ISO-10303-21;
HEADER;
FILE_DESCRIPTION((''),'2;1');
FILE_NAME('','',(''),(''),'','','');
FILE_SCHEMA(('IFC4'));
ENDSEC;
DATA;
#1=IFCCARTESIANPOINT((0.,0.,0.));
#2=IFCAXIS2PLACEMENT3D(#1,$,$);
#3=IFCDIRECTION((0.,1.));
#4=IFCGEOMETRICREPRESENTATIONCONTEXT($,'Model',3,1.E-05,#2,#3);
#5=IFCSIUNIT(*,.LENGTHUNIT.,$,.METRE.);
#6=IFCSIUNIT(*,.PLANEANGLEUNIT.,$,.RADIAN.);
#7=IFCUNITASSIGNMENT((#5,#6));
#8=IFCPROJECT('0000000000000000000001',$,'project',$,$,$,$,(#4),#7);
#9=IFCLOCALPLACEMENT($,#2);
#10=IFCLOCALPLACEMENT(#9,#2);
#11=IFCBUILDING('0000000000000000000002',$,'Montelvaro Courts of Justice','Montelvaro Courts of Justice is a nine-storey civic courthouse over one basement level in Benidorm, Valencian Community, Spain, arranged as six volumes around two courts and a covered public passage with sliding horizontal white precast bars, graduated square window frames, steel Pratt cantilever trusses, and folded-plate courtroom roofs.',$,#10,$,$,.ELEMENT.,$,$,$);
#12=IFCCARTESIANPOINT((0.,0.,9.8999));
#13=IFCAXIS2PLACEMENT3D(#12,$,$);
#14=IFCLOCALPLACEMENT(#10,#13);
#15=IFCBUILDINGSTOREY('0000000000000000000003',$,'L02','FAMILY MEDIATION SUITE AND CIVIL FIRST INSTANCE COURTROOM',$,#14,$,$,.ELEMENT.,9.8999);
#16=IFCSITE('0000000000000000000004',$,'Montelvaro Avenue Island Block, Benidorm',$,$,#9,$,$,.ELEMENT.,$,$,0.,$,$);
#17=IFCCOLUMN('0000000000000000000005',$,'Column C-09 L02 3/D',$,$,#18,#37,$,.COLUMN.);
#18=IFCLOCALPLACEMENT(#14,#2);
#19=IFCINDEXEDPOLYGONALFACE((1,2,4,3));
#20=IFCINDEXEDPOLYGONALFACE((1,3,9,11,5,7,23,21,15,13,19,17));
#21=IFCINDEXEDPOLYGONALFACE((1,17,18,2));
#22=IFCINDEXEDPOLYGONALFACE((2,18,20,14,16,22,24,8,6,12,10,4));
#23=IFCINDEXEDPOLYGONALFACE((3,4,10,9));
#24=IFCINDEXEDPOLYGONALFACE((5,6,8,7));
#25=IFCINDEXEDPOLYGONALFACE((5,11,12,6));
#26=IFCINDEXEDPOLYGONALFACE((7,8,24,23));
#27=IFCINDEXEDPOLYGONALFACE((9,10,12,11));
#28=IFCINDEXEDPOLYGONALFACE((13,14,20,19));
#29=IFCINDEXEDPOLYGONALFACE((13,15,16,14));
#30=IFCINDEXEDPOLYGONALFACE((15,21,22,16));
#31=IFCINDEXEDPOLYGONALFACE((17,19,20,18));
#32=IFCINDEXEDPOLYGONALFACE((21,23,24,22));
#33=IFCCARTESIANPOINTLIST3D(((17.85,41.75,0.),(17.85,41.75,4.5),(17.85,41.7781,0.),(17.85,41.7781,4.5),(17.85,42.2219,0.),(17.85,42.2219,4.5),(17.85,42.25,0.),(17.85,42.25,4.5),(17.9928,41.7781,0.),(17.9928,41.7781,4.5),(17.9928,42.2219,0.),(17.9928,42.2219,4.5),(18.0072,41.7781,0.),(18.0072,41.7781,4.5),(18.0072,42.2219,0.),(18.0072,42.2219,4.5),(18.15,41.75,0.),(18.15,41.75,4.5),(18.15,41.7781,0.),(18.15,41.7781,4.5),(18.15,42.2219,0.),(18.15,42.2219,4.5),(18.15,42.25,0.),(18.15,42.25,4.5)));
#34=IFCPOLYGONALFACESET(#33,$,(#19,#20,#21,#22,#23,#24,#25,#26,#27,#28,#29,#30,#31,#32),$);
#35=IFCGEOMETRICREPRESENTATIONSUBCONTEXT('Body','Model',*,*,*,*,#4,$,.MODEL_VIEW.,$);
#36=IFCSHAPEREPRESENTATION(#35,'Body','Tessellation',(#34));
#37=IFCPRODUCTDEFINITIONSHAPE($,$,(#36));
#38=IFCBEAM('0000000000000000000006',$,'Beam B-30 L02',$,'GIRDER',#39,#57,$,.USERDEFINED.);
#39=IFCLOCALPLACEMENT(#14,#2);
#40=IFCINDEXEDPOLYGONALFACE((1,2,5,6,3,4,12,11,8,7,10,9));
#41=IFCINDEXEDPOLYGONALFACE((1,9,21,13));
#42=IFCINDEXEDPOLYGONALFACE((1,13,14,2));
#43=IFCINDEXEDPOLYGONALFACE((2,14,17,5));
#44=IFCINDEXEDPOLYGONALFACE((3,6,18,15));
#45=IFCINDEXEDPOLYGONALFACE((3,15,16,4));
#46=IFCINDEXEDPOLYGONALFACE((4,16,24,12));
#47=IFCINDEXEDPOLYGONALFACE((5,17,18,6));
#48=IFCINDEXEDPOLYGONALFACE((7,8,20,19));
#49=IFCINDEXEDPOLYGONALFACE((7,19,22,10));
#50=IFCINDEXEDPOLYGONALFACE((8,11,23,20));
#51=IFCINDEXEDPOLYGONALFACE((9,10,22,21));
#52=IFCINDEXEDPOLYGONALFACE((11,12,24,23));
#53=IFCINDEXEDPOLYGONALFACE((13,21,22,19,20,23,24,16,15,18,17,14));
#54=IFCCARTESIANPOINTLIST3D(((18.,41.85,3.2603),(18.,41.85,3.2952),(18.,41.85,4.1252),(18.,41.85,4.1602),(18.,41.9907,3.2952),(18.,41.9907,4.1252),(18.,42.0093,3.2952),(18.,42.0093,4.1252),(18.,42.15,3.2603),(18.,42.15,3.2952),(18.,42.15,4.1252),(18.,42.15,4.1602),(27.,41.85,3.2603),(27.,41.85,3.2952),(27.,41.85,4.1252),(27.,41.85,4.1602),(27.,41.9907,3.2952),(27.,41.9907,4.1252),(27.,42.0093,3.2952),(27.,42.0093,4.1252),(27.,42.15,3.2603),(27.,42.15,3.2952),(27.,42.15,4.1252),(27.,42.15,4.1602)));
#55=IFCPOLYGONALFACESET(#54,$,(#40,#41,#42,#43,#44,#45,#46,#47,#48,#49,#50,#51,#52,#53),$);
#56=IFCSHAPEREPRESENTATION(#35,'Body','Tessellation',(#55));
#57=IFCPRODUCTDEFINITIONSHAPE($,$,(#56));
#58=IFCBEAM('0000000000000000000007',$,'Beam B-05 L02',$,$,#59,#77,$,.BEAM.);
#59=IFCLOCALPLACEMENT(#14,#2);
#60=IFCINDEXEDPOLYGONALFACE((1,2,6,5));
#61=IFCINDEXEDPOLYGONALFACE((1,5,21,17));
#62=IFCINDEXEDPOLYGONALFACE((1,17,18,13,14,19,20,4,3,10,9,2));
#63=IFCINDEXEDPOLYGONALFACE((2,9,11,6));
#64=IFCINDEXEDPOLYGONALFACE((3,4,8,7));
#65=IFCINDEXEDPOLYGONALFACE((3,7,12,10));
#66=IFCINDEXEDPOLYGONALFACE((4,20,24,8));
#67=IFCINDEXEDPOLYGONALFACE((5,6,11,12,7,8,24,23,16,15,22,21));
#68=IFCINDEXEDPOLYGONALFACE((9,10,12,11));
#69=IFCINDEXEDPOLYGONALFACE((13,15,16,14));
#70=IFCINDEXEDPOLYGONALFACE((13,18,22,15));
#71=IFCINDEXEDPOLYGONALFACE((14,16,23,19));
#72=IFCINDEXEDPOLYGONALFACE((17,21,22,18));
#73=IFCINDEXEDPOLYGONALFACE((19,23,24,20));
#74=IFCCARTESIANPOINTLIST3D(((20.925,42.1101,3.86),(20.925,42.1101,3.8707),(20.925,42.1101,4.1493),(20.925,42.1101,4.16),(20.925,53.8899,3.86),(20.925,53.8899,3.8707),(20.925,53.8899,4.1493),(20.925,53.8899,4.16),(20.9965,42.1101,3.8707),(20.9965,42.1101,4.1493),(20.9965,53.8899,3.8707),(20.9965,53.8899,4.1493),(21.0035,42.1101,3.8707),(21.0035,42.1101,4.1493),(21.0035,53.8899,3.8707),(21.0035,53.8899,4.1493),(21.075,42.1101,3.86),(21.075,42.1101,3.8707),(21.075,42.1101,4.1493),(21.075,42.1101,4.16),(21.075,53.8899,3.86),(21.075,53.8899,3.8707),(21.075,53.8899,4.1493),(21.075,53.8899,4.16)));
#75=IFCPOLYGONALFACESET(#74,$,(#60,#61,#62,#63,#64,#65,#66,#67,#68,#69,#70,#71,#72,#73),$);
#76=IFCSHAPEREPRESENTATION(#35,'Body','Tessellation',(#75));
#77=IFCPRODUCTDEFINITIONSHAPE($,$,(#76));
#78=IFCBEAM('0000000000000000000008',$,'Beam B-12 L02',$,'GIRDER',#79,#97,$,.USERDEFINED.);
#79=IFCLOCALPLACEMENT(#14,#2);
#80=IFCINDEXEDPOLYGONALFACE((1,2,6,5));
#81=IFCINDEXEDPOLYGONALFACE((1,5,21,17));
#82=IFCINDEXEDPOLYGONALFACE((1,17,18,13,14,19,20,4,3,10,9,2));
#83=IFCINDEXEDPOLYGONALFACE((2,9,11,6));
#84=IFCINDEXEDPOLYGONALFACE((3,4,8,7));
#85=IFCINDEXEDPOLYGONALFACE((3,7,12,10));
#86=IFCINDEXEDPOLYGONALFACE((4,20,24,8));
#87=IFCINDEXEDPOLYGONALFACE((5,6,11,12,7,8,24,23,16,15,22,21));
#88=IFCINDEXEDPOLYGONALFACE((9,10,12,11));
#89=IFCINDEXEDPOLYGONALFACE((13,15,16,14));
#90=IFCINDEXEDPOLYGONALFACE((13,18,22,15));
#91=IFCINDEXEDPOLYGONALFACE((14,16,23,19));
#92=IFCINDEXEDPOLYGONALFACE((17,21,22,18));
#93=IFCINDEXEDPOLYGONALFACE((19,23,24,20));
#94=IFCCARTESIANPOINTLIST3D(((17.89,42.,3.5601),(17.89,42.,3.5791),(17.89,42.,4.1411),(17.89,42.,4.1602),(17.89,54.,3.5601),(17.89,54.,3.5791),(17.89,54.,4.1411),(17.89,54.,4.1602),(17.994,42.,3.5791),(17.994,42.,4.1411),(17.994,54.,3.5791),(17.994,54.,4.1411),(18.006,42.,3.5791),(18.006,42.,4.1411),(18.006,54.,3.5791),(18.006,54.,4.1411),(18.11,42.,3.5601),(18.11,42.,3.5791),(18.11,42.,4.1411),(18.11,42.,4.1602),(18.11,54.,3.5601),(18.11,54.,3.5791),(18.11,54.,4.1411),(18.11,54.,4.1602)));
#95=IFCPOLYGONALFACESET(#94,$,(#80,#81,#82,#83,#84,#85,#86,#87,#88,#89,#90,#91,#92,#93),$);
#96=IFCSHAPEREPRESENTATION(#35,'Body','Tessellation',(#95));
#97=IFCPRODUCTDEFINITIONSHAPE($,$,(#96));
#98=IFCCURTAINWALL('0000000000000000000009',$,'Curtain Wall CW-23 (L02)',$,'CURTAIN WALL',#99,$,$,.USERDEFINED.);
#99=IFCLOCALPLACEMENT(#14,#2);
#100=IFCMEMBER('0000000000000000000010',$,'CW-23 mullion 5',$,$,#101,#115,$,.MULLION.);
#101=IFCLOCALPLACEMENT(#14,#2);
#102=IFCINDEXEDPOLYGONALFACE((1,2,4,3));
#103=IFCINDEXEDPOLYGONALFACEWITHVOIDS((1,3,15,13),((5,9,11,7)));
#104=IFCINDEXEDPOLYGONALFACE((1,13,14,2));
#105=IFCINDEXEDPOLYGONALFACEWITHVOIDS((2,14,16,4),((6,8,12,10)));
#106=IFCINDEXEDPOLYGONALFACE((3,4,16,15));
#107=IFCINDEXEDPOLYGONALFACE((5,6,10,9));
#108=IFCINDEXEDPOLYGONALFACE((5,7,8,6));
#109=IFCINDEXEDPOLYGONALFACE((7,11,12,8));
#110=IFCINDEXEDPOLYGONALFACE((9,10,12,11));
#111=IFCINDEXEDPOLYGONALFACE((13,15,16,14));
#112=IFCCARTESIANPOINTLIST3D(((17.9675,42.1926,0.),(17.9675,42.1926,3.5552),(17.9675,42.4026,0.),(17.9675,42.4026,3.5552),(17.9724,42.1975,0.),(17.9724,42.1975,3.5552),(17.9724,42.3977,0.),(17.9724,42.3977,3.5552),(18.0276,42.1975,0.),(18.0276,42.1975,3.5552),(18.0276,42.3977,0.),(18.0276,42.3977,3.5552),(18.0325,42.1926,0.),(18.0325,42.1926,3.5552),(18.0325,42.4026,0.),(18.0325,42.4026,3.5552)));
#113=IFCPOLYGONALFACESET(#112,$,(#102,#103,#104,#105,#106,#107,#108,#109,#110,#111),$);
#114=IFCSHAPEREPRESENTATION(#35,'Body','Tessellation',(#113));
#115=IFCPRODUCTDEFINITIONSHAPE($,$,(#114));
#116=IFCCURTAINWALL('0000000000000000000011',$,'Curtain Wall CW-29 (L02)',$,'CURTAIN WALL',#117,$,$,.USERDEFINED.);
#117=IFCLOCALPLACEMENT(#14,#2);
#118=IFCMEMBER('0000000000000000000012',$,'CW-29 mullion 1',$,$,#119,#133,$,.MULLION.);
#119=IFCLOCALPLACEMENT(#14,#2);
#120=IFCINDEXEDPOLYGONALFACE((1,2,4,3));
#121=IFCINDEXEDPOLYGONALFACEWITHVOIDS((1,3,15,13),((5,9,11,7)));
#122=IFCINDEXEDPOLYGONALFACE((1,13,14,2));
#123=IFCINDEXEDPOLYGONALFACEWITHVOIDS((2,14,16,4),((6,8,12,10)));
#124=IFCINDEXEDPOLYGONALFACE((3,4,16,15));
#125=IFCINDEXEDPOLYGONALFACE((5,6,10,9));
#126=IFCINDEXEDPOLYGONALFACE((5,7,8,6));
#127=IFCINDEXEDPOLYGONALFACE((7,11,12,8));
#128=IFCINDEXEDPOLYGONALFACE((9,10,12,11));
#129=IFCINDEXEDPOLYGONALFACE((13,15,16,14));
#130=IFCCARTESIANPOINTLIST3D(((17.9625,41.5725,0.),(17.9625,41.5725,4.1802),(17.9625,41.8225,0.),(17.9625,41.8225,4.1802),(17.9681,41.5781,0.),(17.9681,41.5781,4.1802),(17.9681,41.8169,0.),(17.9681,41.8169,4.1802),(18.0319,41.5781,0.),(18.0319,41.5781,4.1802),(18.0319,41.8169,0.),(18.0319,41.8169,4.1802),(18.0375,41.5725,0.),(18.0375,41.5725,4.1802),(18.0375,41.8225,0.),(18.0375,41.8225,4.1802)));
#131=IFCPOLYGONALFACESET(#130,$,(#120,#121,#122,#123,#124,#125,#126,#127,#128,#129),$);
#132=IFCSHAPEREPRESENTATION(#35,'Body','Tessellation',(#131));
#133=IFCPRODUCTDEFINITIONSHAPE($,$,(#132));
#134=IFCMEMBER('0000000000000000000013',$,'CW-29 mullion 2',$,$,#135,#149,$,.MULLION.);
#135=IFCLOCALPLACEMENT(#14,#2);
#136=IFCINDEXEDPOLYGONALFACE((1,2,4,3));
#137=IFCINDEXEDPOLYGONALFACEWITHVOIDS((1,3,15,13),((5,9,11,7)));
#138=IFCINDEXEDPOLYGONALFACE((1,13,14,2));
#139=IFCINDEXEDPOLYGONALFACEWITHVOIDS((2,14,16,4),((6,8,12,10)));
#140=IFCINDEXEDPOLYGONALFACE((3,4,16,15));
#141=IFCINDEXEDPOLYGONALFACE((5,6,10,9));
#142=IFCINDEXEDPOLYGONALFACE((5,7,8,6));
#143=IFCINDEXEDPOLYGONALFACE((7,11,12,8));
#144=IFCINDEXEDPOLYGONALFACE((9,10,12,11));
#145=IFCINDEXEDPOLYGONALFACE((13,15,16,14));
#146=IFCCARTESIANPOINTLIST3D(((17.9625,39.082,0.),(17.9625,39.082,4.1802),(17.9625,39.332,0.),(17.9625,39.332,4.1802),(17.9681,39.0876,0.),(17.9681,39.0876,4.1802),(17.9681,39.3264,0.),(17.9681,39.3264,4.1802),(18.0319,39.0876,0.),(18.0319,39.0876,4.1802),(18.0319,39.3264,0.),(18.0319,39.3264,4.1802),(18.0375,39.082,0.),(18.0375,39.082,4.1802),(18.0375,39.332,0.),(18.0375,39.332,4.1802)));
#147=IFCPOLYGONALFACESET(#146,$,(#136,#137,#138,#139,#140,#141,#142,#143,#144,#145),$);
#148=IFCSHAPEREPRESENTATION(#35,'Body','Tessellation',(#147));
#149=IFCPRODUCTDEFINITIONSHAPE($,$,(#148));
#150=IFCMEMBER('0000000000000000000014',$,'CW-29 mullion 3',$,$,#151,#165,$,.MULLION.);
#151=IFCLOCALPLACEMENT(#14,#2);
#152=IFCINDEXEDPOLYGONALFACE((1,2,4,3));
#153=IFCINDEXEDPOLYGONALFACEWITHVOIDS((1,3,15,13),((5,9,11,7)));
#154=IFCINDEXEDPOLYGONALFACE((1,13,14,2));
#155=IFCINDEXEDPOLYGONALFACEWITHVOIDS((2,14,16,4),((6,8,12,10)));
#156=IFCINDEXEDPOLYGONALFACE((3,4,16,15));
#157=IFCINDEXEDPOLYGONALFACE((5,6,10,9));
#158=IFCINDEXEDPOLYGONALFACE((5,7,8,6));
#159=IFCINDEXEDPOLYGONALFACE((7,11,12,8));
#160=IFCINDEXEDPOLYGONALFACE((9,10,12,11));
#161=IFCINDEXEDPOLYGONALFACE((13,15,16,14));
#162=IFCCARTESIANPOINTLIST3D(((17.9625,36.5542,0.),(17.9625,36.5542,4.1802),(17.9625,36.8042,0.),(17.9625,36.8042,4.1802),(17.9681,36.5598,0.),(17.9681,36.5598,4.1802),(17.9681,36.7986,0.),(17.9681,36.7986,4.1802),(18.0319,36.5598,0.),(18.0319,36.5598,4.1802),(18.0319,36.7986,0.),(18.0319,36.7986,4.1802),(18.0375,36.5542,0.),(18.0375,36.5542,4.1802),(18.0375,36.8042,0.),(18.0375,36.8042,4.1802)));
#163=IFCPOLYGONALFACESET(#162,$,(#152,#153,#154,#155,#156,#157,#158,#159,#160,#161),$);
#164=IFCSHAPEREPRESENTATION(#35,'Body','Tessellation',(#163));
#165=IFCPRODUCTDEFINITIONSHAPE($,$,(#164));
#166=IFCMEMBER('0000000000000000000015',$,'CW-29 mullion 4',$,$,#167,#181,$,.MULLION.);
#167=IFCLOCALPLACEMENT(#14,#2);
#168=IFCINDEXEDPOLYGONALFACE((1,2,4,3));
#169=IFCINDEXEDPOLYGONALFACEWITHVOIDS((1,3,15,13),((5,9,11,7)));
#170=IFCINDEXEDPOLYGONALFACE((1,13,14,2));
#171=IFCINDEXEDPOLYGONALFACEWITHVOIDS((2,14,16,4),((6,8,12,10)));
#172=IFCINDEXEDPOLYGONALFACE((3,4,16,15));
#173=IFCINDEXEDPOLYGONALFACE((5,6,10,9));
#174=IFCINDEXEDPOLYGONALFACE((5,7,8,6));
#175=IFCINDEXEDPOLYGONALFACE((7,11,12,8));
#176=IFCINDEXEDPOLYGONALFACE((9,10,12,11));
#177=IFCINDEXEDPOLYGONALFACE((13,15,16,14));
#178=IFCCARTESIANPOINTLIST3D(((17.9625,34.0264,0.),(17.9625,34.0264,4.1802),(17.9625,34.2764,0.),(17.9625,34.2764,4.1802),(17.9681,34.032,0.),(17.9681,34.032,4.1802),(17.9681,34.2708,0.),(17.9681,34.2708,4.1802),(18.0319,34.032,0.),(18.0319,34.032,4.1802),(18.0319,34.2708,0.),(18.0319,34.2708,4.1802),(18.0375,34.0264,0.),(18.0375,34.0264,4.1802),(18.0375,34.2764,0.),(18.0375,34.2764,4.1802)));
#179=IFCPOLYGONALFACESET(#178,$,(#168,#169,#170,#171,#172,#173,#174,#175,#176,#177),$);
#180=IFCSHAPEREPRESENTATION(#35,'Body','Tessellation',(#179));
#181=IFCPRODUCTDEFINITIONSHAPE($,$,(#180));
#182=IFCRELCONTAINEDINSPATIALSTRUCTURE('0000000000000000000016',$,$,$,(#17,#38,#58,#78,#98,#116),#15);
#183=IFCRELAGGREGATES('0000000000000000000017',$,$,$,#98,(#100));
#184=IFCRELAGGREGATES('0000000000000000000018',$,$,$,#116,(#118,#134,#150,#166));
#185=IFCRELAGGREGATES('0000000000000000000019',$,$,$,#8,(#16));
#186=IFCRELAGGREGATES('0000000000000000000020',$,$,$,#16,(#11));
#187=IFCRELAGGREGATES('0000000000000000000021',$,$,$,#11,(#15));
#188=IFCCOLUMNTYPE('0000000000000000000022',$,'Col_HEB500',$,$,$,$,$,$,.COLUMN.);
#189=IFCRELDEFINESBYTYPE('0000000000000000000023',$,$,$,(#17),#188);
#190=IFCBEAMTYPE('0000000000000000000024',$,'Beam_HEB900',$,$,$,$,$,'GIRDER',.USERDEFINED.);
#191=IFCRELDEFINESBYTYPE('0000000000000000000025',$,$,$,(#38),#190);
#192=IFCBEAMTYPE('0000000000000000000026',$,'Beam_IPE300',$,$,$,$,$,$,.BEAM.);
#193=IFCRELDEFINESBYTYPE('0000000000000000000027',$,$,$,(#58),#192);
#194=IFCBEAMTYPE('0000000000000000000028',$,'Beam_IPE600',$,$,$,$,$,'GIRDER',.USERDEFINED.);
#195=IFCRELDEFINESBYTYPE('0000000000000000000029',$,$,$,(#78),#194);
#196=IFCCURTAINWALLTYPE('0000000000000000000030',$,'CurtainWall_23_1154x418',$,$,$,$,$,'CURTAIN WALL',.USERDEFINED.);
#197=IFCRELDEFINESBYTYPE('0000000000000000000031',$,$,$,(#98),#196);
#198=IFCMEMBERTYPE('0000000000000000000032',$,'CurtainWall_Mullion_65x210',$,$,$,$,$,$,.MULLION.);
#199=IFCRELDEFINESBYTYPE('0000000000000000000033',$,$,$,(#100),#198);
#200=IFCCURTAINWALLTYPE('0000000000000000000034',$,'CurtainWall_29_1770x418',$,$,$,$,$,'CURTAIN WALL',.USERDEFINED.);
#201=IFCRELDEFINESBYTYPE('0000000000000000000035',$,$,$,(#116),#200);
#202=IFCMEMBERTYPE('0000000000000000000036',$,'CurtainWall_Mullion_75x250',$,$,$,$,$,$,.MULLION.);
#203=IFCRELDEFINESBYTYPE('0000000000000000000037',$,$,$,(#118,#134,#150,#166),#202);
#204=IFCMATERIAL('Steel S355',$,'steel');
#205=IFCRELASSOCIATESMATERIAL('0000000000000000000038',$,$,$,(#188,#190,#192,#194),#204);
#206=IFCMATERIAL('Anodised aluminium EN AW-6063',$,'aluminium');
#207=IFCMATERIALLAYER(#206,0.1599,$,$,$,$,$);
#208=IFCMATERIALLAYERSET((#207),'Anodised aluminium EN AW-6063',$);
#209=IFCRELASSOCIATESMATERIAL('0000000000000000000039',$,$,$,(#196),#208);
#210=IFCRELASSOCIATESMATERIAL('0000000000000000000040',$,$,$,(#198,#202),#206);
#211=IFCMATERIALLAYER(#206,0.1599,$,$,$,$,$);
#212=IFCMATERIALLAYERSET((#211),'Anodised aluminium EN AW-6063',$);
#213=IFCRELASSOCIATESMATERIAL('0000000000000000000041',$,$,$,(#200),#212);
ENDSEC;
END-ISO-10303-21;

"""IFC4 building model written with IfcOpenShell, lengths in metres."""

from ifc_helpers import new_model, si_unit, direction, frame, origin, origin_2d, place, context, subcontext, project, spatial, hollow_rectangle, i_section, extrude, material, layer, layer_set, material_profile, profile_set, type_object, element, aggregate, save


model = new_model("IFC4")

# Units and contexts
model_context = context("Model", 3, precision=1e-05, world=origin(), true_north=direction((0.0, 1.0)))
body_context = subcontext(model_context, "Body", "Model", "MODEL_VIEW")
ifc_project = project(units=[si_unit("LENGTHUNIT", "METRE"), si_unit("PLANEANGLEUNIT", "RADIAN")], contexts=[model_context])

# Site, building, storey
site_placement = place(None, origin())
site = spatial("IfcSite", under=ifc_project, at=site_placement, Name="Montelvaro Avenue Island Block, Benidorm", CompositionType="ELEMENT", RefElevation=0.0)
building_placement = place(site_placement, origin())
building = spatial("IfcBuilding", under=site, at=building_placement, Name="Montelvaro Courts of Justice", Description="Montelvaro Courts of Justice is a nine-storey civic courthouse over one basement level in Benidorm, Valencian Community, Spain, arranged as six volumes around two courts and a covered public passage with sliding horizontal white precast bars, graduated square window frames, steel Pratt cantilever trusses, and folded-plate courtroom roofs.", CompositionType="ELEMENT")
storey_placement = place(building_placement, frame((0.0, 0.0, 9.8999)))
storey = spatial("IfcBuildingStorey", under=building, at=storey_placement, Name="L02", Description="FAMILY MEDIATION SUITE AND CIVIL FIRST INSTANCE COURTROOM", CompositionType="ELEMENT", Elevation=9.8999)

# Column
ifc_material_1 = material(Name="Steel S355", Category="steel")
ifc_material_profile_1 = material_profile(ifc_material_1, i_section(OverallWidth=0.3, OverallDepth=0.5, WebThickness=0.0144, FlangeThickness=0.0281, at=origin_2d()), Name="HEB 500")
ifc_profile_set_1 = profile_set([ifc_material_profile_1], Name="Steel S355")
column_type = type_object("IfcColumnType", Name="Col_HEB500", PredefinedType="COLUMN", material=ifc_profile_set_1)
column_placement = place(storey_placement, frame((18.0, 42.0, 0.0), z_axis=(0.0, 0.0, 1.0), x_axis=(1.0, 0.0, 0.0)))
element("IfcColumn", 1, at=column_placement, inside=storey, type_object=column_type, Name="Column C-09 L02 3/D", PredefinedType="COLUMN", context=body_context, shape_type="SweptSolid", body=[
    extrude(i_section(OverallWidth=0.3, OverallDepth=0.5, WebThickness=0.0144, FlangeThickness=0.0281, at=origin_2d()), origin(), (0.0, 0.0, 1.0), 4.5),
])

# Beams
ifc_material_profile_2 = material_profile(ifc_material_1, i_section(OverallWidth=0.3, OverallDepth=0.8999, WebThickness=0.0186, FlangeThickness=0.0349, at=origin_2d()), Name="HEB 900")
ifc_profile_set_2 = profile_set([ifc_material_profile_2], Name="Steel S355")
beam_type_1 = type_object("IfcBeamType", Name="Beam_HEB900", ElementType="GIRDER", PredefinedType="USERDEFINED", material=ifc_profile_set_2)
beam_1_placement = place(storey_placement, frame((18.0, 42.0, 3.7102), z_axis=(1.0, 0.0, 0.0), x_axis=(0.0, 1.0, 0.0)))
element("IfcBeam", 2, at=beam_1_placement, inside=storey, type_object=beam_type_1, Name="Beam B-30 L02", ObjectType="GIRDER", PredefinedType="USERDEFINED", context=body_context, shape_type="SweptSolid", body=[
    extrude(i_section(OverallWidth=0.3, OverallDepth=0.8999, WebThickness=0.0186, FlangeThickness=0.0349, at=origin_2d()), origin(), (0.0, 0.0, 1.0), 9.0),
])
ifc_material_profile_3 = material_profile(ifc_material_1, i_section(OverallWidth=0.1499, OverallDepth=0.3, WebThickness=0.0071, FlangeThickness=0.0107, at=origin_2d()), Name="IPE 300")
ifc_profile_set_3 = profile_set([ifc_material_profile_3], Name="Steel S355")
beam_type_2 = type_object("IfcBeamType", Name="Beam_IPE300", PredefinedType="BEAM", material=ifc_profile_set_3)
beam_2_placement = place(storey_placement, frame((21.0, 42.1101, 4.01), z_axis=(0.0, 1.0, 0.0), x_axis=(-1.0, 0.0, 0.0)))
element("IfcBeam", 3, at=beam_2_placement, inside=storey, type_object=beam_type_2, Name="Beam B-05 L02", PredefinedType="BEAM", context=body_context, shape_type="SweptSolid", body=[
    extrude(i_section(OverallWidth=0.1499, OverallDepth=0.3, WebThickness=0.0071, FlangeThickness=0.0107, at=origin_2d()), origin(), (0.0, 0.0, 1.0), 11.7798),
])
ifc_material_profile_4 = material_profile(ifc_material_1, i_section(OverallWidth=0.22, OverallDepth=0.6001, WebThickness=0.012, FlangeThickness=0.019, at=origin_2d()), Name="IPE 600")
ifc_profile_set_4 = profile_set([ifc_material_profile_4], Name="Steel S355")
beam_type_3 = type_object("IfcBeamType", Name="Beam_IPE600", ElementType="GIRDER", PredefinedType="USERDEFINED", material=ifc_profile_set_4)
beam_3_placement = place(storey_placement, frame((18.0, 42.0, 3.8601), z_axis=(0.0, 1.0, 0.0), x_axis=(-1.0, 0.0, 0.0)))
element("IfcBeam", 4, at=beam_3_placement, inside=storey, type_object=beam_type_3, Name="Beam B-12 L02", ObjectType="GIRDER", PredefinedType="USERDEFINED", context=body_context, shape_type="SweptSolid", body=[
    extrude(i_section(OverallWidth=0.22, OverallDepth=0.6001, WebThickness=0.012, FlangeThickness=0.019, at=origin_2d()), origin(), (0.0, 0.0, 1.0), 12.0),
])

# Curtain wall, member
ifc_material_2 = material(Name="Anodised aluminium EN AW-6063", Category="aluminium")
ifc_layer_1 = layer(ifc_material_2, 0.1599)
ifc_layer_set_1 = layer_set([ifc_layer_1], Name="Anodised aluminium EN AW-6063")
curtain_wall_type_1 = type_object("IfcCurtainWallType", Name="CurtainWall_23_1154x418", ElementType="CURTAIN WALL", PredefinedType="USERDEFINED", material=ifc_layer_set_1)
curtain_wall_1_placement = place(storey_placement, origin())
curtain_wall_1 = element("IfcCurtainWall", 5, at=curtain_wall_1_placement, inside=storey, type_object=curtain_wall_type_1, Name="Curtain Wall CW-23 (L02)", ObjectType="CURTAIN WALL", PredefinedType="USERDEFINED")
ifc_material_profile_5 = material_profile(ifc_material_2, hollow_rectangle(XDim=0.0649, YDim=0.21, WallThickness=0.0049, at=origin_2d()), Name="ALU-M 65x210")
ifc_profile_set_5 = profile_set([ifc_material_profile_5], Name="Anodised aluminium EN AW-6063")
member_type_1 = type_object("IfcMemberType", Name="CurtainWall_Mullion_65x210", PredefinedType="MULLION", material=ifc_profile_set_5)
member_1_placement = place(storey_placement, frame((18.0, 42.2976, 0.0), z_axis=(0.0, 0.0, 1.0), x_axis=(1.0, 0.0, 0.0)))
member_1 = element("IfcMember", 6, at=member_1_placement, type_object=member_type_1, Name="CW-23 mullion 5", PredefinedType="MULLION", context=body_context, shape_type="SweptSolid", body=[
    extrude(hollow_rectangle(XDim=0.0649, YDim=0.21, WallThickness=0.0049, at=origin_2d()), origin(), (0.0, 0.0, 1.0), 3.5552),
])

# Curtain wall, members
ifc_layer_2 = layer(ifc_material_2, 0.1599)
ifc_layer_set_2 = layer_set([ifc_layer_2], Name="Anodised aluminium EN AW-6063")
curtain_wall_type_2 = type_object("IfcCurtainWallType", Name="CurtainWall_29_1770x418", ElementType="CURTAIN WALL", PredefinedType="USERDEFINED", material=ifc_layer_set_2)
curtain_wall_2_placement = place(storey_placement, origin())
curtain_wall_2 = element("IfcCurtainWall", 7, at=curtain_wall_2_placement, inside=storey, type_object=curtain_wall_type_2, Name="Curtain Wall CW-29 (L02)", ObjectType="CURTAIN WALL", PredefinedType="USERDEFINED")
ifc_material_profile_6 = material_profile(ifc_material_2, hollow_rectangle(XDim=0.075, YDim=0.25, WallThickness=0.0056, at=origin_2d()), Name="ALU-M 75x250")
ifc_profile_set_6 = profile_set([ifc_material_profile_6], Name="Anodised aluminium EN AW-6063")
member_type_2 = type_object("IfcMemberType", Name="CurtainWall_Mullion_75x250", PredefinedType="MULLION", material=ifc_profile_set_6)
member_2_placement = place(storey_placement, frame((18.0, 41.6975, 0.0), z_axis=(0.0, 0.0, 1.0), x_axis=(1.0, 0.0, 0.0)))
member_2 = element("IfcMember", 8, at=member_2_placement, type_object=member_type_2, Name="CW-29 mullion 1", PredefinedType="MULLION", context=body_context, shape_type="SweptSolid", body=[
    extrude(hollow_rectangle(XDim=0.075, YDim=0.25, WallThickness=0.0056, at=origin_2d()), origin(), (0.0, 0.0, 1.0), 4.1802),
])
member_3_placement = place(storey_placement, frame((18.0, 39.207, 0.0), z_axis=(0.0, 0.0, 1.0), x_axis=(1.0, 0.0, 0.0)))
member_3 = element("IfcMember", 9, at=member_3_placement, type_object=member_type_2, Name="CW-29 mullion 2", PredefinedType="MULLION", context=body_context, shape_type="SweptSolid", body=[
    extrude(hollow_rectangle(XDim=0.075, YDim=0.25, WallThickness=0.0056, at=origin_2d()), origin(), (0.0, 0.0, 1.0), 4.1802),
])
member_4_placement = place(storey_placement, frame((18.0, 36.6792, 0.0), z_axis=(0.0, 0.0, 1.0), x_axis=(1.0, 0.0, 0.0)))
member_4 = element("IfcMember", 10, at=member_4_placement, type_object=member_type_2, Name="CW-29 mullion 3", PredefinedType="MULLION", context=body_context, shape_type="SweptSolid", body=[
    extrude(hollow_rectangle(XDim=0.075, YDim=0.25, WallThickness=0.0056, at=origin_2d()), origin(), (0.0, 0.0, 1.0), 4.1802),
])
member_5_placement = place(storey_placement, frame((18.0, 34.1514, 0.0), z_axis=(0.0, 0.0, 1.0), x_axis=(1.0, 0.0, 0.0)))
member_5 = element("IfcMember", 11, at=member_5_placement, type_object=member_type_2, Name="CW-29 mullion 4", PredefinedType="MULLION", context=body_context, shape_type="SweptSolid", body=[
    extrude(hollow_rectangle(XDim=0.075, YDim=0.25, WallThickness=0.0056, at=origin_2d()), origin(), (0.0, 0.0, 1.0), 4.1802),
])

aggregate(curtain_wall_1, [member_1])
aggregate(curtain_wall_2, [member_2, member_3, member_4, member_5])

save(model, "model.ifc")
